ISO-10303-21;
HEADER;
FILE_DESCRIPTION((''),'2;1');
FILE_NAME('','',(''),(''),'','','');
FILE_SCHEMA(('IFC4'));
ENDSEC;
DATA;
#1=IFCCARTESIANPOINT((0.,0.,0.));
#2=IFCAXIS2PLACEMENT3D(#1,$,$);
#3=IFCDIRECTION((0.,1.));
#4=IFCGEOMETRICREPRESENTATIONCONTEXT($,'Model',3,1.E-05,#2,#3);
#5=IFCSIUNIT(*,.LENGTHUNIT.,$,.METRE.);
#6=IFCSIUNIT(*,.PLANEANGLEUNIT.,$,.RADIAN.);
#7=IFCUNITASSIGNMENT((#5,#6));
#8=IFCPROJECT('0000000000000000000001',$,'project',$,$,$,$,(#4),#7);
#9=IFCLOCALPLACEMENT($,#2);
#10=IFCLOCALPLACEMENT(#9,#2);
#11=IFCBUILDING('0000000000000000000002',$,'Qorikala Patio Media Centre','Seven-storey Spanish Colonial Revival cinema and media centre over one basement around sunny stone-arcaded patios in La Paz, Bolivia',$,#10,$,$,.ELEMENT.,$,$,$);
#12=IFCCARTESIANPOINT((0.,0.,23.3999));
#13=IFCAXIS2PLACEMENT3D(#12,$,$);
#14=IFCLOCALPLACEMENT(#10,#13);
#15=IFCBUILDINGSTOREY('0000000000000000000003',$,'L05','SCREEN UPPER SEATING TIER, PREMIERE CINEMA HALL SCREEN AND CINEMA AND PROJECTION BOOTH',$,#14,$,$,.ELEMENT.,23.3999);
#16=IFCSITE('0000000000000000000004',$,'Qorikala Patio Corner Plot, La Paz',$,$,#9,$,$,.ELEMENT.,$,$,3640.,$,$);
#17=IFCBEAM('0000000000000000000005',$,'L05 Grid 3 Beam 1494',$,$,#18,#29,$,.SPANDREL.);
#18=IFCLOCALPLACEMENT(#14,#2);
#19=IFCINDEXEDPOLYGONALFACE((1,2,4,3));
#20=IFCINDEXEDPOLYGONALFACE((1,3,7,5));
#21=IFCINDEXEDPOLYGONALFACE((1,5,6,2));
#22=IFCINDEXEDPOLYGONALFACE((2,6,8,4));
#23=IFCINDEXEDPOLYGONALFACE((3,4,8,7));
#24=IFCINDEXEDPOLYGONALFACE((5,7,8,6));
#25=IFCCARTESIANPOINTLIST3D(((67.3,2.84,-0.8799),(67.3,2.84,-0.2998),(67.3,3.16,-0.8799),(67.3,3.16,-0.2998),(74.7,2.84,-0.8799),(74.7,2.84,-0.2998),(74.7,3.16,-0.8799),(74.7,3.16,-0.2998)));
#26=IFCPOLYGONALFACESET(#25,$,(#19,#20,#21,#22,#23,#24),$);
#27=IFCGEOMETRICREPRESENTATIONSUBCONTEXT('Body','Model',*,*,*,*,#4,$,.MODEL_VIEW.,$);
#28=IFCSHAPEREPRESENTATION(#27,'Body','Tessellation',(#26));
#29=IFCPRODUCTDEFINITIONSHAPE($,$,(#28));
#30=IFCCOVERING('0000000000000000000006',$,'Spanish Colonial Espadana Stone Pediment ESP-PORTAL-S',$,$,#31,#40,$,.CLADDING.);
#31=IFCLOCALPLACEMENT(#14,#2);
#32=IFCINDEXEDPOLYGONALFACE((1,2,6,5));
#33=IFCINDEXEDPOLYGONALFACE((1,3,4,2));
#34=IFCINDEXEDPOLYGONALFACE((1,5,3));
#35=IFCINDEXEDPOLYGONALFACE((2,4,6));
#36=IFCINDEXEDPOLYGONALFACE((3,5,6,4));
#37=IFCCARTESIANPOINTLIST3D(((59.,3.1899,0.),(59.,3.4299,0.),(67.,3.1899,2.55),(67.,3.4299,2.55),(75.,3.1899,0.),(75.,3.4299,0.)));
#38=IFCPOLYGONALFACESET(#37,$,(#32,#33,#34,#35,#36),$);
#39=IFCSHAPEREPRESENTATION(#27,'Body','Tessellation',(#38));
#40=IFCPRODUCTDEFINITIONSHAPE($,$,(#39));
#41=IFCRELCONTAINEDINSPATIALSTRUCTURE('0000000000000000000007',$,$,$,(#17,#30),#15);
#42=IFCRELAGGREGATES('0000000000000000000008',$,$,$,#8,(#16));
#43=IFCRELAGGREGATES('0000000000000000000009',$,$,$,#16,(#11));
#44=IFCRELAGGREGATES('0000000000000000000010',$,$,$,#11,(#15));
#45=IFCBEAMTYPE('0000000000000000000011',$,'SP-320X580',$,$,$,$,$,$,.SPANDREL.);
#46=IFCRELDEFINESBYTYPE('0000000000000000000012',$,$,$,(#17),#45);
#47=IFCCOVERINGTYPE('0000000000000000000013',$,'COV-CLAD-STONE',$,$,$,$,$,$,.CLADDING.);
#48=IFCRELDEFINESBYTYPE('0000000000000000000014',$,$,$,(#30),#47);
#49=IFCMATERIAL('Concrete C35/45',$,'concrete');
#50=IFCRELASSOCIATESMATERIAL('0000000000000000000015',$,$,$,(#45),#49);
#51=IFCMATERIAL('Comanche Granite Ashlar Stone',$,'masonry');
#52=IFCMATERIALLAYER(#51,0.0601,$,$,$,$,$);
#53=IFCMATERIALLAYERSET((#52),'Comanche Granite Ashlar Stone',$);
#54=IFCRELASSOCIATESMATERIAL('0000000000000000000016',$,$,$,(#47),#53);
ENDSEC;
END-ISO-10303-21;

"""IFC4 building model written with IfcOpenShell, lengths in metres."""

from ifc_helpers import new_model, si_unit, direction, frame, origin, origin_2d, place, context, subcontext, project, spatial, polyline, rectangle, outline, extrude, material, layer, layer_set, material_profile, profile_set, type_object, element, save


model = new_model("IFC4")

# Units and contexts
model_context = context("Model", 3, precision=1e-05, world=origin(), true_north=direction((0.0, 1.0)))
body_context = subcontext(model_context, "Body", "Model", "MODEL_VIEW")
ifc_project = project(units=[si_unit("LENGTHUNIT", "METRE"), si_unit("PLANEANGLEUNIT", "RADIAN")], contexts=[model_context])

# Site, building, storey
site_placement = place(None, origin())
site = spatial("IfcSite", under=ifc_project, at=site_placement, Name="Qorikala Patio Corner Plot, La Paz", CompositionType="ELEMENT", RefElevation=3640.0)
building_placement = place(site_placement, origin())
building = spatial("IfcBuilding", under=site, at=building_placement, Name="Qorikala Patio Media Centre", Description="Seven-storey Spanish Colonial Revival cinema and media centre over one basement around sunny stone-arcaded patios in La Paz, Bolivia", CompositionType="ELEMENT")
storey_placement = place(building_placement, frame((0.0, 0.0, 23.3999)))
storey = spatial("IfcBuildingStorey", under=building, at=storey_placement, Name="L05", Description="SCREEN UPPER SEATING TIER, PREMIERE CINEMA HALL SCREEN AND CINEMA AND PROJECTION BOOTH", CompositionType="ELEMENT", Elevation=23.3999)

# Beam
ifc_material_1 = material(Name="Concrete C35/45", Category="concrete")
ifc_material_profile_1 = material_profile(ifc_material_1, rectangle(XDim=0.3201, YDim=0.5801, at=origin_2d()), Name="RC 320x580")
ifc_profile_set_1 = profile_set([ifc_material_profile_1], Name="Concrete C35/45")
beam_type_1 = type_object("IfcBeamType", Name="SP-320X580", PredefinedType="SPANDREL", material=ifc_profile_set_1)
for number, where, z_axis, x_axis, name in (
    (1, (67.3, 3.0, -0.5898), (1.0, 0.0, 0.0), (0.0, 1.0, 0.0), "L05 Grid 3 Beam 1494"),
):
    element("IfcBeam", number, at=place(storey_placement, frame(where, z_axis=z_axis, x_axis=x_axis)), inside=storey, type_object=beam_type_1, Name=name, PredefinedType="SPANDREL", context=body_context, shape_type="SweptSolid", body=[
        extrude(rectangle(XDim=0.3201, YDim=0.5801, at=origin_2d()), origin(), (0.0, 0.0, 1.0), 7.3999),
    ])

# Covering
ifc_material_2 = material(Name="Comanche Granite Ashlar Stone", Category="masonry")
ifc_layer = layer(ifc_material_2, 0.0601)
ifc_layer_set = layer_set([ifc_layer], Name="Comanche Granite Ashlar Stone")
covering_type = type_object("IfcCoveringType", Name="COV-CLAD-STONE", PredefinedType="CLADDING", material=ifc_layer_set)
covering_placement = place(storey_placement, frame((59.0, 3.1899, 0.0), z_axis=(0.0, -1.0, 0.0), x_axis=(1.0, 0.0, 0.0)))
element("IfcCovering", 2, at=covering_placement, inside=storey, type_object=covering_type, Name="Spanish Colonial Espadana Stone Pediment ESP-PORTAL-S", PredefinedType="CLADDING", context=body_context, shape_type="SweptSolid", body=[
    extrude(outline(polyline([(0.0, 0.0), (16.0, 0.0), (8.0, 2.55), (0.0, 0.0)])), origin(), (0.0, 0.0, -1.0), 0.24),
])

save(model, "model.ifc")
